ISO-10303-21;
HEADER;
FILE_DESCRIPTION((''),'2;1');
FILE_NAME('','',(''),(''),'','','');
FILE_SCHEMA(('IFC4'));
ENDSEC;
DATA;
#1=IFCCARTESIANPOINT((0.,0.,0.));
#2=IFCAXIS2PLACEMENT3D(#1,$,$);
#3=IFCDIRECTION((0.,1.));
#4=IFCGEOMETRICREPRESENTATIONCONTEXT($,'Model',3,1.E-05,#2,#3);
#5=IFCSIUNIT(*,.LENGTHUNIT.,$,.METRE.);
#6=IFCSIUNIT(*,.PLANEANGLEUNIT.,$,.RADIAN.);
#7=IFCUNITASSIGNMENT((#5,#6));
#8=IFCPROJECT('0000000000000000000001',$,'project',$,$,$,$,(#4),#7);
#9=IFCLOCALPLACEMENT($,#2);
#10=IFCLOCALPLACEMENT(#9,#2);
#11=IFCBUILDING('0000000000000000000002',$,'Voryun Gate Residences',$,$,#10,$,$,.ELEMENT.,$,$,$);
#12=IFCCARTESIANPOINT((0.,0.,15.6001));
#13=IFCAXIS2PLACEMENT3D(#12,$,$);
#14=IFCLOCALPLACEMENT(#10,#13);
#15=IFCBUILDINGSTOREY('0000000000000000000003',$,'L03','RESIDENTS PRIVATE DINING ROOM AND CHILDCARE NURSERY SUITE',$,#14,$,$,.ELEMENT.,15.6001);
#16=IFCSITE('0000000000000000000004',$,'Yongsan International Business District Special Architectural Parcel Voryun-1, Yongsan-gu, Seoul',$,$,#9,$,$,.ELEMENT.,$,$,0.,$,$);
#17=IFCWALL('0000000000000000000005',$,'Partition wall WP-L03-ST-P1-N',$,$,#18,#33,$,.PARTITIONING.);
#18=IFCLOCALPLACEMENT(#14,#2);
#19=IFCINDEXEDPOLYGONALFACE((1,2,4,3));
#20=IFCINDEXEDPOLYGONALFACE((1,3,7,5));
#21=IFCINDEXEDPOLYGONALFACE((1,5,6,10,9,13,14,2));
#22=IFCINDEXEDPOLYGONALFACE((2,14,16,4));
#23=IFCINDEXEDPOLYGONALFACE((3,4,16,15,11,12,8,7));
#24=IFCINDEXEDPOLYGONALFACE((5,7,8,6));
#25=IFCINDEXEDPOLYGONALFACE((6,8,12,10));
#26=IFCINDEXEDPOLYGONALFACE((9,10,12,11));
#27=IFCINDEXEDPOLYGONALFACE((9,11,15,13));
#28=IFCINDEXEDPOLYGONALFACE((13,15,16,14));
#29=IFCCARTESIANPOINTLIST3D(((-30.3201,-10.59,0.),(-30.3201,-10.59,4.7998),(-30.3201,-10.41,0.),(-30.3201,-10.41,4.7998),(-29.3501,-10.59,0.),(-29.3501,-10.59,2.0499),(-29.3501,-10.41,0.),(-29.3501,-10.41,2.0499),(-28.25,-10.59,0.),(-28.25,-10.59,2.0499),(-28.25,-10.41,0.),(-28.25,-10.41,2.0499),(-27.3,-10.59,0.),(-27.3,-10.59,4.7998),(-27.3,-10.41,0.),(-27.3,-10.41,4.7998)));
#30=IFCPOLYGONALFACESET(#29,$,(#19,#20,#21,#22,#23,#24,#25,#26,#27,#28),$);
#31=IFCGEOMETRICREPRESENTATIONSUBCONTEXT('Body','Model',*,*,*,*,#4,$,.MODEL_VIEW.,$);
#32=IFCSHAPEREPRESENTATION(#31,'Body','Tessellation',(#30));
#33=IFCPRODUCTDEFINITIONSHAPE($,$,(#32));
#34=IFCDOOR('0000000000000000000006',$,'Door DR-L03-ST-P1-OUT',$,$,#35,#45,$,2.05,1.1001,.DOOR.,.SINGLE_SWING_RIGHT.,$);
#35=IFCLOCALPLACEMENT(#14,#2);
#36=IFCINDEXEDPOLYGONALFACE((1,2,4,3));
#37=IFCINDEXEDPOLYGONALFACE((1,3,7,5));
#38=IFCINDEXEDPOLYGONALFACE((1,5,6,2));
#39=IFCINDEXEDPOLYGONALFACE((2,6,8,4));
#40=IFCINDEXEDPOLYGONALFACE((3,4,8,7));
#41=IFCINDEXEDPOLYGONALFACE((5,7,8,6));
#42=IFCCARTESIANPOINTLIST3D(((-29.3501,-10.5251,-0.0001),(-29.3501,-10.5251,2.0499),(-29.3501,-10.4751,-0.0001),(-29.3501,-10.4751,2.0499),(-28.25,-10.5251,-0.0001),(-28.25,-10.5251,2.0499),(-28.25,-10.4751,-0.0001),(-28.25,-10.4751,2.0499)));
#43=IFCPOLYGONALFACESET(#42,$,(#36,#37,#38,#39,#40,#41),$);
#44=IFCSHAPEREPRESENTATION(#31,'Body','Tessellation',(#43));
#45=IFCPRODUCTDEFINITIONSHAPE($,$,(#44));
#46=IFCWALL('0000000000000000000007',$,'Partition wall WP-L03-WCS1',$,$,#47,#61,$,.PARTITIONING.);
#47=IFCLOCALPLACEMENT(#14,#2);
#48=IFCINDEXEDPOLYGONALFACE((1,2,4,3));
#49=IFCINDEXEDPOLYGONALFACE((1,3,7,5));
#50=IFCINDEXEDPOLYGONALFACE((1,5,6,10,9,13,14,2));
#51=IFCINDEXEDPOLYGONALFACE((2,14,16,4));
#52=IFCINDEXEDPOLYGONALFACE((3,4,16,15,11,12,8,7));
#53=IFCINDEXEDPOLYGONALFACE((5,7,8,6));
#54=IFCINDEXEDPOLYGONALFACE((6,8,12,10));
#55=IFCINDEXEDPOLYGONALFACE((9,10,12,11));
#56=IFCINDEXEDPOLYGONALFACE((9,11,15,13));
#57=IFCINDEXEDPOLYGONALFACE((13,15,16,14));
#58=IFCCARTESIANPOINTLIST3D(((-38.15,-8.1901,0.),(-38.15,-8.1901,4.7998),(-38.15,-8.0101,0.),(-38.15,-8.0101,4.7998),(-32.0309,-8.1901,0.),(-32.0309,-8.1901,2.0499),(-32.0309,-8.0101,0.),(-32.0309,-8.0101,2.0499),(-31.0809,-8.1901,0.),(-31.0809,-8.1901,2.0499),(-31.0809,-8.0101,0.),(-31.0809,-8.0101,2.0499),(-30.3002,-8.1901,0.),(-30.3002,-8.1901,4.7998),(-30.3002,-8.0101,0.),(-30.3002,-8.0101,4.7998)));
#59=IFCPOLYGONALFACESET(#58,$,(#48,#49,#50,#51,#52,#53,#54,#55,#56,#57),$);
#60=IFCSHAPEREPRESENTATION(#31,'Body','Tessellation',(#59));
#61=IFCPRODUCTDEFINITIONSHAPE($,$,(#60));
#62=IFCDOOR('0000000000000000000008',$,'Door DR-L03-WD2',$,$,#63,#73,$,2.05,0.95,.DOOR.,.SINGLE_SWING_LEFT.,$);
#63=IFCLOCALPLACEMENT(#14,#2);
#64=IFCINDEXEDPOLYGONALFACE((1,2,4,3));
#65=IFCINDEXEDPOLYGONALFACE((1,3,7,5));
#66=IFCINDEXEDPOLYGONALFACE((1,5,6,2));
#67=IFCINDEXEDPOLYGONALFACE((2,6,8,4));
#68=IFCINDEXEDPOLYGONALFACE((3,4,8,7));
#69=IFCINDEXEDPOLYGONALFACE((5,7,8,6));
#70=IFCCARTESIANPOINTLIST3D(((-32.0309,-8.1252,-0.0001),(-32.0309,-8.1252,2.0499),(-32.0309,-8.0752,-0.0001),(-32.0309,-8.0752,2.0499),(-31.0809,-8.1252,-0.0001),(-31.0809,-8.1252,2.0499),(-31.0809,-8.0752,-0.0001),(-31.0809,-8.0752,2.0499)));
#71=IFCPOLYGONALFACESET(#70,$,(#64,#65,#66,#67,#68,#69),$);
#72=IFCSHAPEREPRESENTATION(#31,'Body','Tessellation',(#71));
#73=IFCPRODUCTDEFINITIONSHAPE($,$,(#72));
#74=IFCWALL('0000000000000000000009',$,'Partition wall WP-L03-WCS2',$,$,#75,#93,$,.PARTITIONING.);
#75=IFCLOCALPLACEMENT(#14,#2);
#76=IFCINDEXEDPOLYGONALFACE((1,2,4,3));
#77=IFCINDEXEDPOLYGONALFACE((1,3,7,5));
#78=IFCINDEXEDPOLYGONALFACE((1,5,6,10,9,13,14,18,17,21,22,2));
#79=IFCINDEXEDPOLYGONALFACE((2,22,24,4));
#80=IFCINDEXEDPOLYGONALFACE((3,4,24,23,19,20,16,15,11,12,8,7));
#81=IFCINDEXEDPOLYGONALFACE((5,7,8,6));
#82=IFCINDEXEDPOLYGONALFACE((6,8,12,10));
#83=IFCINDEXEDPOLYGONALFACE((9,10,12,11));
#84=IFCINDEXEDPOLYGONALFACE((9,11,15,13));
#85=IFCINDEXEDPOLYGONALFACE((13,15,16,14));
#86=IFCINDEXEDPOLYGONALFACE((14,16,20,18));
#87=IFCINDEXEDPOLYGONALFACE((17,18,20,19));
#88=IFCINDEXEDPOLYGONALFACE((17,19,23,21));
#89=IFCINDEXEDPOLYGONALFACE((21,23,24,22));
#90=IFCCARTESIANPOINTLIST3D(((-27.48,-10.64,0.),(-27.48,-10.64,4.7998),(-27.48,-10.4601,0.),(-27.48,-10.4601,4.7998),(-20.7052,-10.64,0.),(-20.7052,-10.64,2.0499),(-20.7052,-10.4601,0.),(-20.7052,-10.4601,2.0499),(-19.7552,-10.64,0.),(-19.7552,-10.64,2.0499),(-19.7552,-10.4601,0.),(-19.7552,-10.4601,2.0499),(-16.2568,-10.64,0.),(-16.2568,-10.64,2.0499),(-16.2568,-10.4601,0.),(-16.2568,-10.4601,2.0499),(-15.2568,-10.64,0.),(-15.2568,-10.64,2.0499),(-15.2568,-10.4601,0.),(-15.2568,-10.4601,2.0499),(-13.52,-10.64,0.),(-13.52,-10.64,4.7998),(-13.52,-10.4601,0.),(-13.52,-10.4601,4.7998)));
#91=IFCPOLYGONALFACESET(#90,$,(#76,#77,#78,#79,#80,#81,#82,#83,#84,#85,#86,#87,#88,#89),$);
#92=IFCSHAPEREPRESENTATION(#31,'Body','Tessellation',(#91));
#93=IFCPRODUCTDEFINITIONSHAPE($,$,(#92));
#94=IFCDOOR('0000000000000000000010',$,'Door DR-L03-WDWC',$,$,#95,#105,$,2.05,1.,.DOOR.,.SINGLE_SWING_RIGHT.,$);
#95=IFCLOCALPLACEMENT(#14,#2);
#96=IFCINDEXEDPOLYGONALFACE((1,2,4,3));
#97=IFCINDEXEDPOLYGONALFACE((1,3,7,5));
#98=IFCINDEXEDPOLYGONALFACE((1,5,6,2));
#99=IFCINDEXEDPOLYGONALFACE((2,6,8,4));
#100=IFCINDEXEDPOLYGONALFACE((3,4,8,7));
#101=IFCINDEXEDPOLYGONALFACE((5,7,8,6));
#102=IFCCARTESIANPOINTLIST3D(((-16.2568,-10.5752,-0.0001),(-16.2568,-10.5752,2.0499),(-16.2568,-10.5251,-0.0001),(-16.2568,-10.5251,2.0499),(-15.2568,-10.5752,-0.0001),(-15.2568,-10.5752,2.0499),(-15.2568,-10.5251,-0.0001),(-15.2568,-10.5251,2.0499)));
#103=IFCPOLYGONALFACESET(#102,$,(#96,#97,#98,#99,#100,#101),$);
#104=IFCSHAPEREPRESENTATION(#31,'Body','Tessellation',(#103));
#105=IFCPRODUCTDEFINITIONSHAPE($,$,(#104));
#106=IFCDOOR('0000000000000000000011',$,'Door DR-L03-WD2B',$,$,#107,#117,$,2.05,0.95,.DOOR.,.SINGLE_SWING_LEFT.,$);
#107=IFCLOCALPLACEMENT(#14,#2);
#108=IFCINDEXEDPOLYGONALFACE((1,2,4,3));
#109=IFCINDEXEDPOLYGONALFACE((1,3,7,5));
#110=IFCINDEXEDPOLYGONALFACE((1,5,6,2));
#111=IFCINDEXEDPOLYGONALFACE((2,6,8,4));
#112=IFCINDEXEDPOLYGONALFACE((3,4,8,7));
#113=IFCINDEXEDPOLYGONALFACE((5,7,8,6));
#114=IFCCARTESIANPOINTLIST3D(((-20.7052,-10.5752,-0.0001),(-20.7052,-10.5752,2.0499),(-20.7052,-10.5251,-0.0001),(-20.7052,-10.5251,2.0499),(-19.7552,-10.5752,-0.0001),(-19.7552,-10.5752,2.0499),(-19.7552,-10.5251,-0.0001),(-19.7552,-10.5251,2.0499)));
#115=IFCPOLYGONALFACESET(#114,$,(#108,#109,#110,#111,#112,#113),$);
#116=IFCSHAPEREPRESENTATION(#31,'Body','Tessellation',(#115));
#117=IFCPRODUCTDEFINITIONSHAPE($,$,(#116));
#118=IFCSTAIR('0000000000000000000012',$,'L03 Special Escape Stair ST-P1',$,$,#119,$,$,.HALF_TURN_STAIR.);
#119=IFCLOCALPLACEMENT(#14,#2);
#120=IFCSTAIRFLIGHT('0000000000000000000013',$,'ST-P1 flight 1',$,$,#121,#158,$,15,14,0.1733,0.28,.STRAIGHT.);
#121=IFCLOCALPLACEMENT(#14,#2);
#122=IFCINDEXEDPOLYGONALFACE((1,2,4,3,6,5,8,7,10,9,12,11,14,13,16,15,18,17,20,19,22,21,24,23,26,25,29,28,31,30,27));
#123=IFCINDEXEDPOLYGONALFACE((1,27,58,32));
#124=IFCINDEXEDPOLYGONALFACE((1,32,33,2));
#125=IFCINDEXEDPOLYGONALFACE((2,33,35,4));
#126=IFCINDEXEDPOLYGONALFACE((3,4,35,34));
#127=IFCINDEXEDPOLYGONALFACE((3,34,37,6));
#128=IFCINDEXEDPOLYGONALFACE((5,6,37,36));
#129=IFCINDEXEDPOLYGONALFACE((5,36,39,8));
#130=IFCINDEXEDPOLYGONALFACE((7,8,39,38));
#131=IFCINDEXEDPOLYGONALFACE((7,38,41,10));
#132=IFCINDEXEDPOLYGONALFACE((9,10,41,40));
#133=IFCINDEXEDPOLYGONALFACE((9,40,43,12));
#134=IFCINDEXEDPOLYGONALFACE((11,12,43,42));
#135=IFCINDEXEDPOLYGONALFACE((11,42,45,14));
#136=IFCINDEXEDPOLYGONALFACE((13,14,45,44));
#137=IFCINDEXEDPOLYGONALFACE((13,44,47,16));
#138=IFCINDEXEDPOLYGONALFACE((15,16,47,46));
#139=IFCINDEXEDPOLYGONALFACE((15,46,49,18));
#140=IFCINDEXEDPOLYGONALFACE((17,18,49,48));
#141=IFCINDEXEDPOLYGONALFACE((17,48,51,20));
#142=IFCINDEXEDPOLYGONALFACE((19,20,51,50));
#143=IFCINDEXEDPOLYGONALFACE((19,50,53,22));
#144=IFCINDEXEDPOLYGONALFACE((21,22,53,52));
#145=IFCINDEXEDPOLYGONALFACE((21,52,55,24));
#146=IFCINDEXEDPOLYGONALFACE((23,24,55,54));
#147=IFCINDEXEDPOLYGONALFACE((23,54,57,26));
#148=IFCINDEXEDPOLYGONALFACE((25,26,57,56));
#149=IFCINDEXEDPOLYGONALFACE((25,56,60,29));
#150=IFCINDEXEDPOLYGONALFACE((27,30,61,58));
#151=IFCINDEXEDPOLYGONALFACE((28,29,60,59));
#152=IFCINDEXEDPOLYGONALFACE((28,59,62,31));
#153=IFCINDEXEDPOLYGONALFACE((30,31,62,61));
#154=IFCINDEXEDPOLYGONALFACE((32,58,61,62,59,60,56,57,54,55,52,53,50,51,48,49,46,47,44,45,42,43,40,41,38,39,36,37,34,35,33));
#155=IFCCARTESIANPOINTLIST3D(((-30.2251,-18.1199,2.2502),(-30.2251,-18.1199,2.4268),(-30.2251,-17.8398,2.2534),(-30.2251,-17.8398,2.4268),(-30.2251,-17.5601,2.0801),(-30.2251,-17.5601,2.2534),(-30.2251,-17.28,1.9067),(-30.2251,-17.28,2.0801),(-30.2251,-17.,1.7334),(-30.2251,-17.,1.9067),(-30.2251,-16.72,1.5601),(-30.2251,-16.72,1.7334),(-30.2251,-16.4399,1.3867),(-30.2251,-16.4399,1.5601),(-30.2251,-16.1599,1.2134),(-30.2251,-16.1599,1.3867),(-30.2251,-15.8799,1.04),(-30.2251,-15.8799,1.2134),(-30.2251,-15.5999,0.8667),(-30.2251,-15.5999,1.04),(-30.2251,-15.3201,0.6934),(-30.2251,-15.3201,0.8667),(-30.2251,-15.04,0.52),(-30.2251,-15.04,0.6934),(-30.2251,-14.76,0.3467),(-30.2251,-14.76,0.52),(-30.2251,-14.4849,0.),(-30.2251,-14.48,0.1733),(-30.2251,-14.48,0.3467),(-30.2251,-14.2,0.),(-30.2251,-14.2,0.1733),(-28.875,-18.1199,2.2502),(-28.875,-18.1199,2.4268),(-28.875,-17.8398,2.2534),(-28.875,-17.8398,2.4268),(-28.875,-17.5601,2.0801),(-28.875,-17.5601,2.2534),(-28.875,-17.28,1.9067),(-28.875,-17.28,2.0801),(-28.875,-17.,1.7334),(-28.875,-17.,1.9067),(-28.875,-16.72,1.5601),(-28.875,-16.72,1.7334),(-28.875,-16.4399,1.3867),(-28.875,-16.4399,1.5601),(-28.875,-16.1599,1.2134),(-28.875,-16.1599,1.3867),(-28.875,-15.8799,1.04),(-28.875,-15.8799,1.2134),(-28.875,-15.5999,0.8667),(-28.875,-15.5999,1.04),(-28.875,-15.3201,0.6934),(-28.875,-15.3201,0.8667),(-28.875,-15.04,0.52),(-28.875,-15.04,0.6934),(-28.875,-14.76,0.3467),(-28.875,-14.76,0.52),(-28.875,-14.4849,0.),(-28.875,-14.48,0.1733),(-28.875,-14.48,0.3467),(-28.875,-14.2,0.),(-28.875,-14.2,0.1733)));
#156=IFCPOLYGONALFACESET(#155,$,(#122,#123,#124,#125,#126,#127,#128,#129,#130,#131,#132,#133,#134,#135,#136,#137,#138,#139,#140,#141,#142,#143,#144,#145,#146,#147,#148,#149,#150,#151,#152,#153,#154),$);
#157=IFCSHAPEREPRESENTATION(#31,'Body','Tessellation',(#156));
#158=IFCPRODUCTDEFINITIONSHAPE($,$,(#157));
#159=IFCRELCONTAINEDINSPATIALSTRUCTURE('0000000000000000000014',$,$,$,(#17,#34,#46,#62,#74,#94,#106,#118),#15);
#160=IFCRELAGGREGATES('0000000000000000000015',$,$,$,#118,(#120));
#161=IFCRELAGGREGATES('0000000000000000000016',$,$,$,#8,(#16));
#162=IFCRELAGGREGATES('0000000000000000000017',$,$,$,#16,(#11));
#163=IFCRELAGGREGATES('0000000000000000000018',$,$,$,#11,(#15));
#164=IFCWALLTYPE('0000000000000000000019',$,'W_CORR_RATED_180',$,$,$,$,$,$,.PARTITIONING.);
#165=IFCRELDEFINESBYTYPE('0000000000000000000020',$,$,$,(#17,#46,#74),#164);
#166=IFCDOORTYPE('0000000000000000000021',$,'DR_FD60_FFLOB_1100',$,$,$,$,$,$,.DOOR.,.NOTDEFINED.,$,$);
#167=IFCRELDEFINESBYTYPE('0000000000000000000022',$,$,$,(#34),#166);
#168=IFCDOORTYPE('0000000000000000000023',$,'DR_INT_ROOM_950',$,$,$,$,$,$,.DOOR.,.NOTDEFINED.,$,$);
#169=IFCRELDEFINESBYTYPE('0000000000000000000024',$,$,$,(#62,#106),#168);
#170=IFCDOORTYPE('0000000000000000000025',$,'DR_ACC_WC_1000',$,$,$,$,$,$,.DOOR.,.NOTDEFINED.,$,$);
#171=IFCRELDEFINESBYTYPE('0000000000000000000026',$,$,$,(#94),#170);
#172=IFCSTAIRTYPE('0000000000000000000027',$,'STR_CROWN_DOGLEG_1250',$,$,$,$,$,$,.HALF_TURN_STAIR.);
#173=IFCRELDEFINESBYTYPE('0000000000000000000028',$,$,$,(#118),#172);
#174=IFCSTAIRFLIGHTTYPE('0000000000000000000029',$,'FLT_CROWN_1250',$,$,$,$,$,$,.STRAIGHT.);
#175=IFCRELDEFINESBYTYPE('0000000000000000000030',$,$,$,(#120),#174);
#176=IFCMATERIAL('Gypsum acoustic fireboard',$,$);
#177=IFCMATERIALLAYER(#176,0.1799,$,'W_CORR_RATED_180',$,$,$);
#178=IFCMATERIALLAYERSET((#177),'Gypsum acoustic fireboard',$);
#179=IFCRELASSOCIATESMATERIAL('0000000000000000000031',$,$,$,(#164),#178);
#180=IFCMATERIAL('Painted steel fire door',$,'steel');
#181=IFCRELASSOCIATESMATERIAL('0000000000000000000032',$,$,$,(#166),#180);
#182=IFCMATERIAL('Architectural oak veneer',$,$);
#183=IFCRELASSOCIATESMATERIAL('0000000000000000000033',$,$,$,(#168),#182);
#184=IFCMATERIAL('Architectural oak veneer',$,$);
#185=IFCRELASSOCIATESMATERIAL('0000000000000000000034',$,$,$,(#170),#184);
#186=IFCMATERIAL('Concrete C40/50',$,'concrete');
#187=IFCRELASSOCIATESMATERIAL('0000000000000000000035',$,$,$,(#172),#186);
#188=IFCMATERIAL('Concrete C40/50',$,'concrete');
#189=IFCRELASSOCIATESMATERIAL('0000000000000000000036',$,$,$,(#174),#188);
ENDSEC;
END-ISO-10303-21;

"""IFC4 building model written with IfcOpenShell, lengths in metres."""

from ifc_helpers import new_model, si_unit, direction, frame, frame_2d, origin, place, context, subcontext, project, spatial, polyline, rectangle, outline, extrude, material, layer, layer_set, type_object, element, fill, aggregate, save


model = new_model("IFC4")

# Units and contexts
model_context = context("Model", 3, precision=1e-05, world=origin(), true_north=direction((0.0, 1.0)))
body_context = subcontext(model_context, "Body", "Model", "MODEL_VIEW")
ifc_project = project(units=[si_unit("LENGTHUNIT", "METRE"), si_unit("PLANEANGLEUNIT", "RADIAN")], contexts=[model_context])

# Site, building, storey
site_placement = place(None, origin())
site = spatial("IfcSite", under=ifc_project, at=site_placement, Name="Yongsan International Business District Special Architectural Parcel Voryun-1, Yongsan-gu, Seoul", CompositionType="ELEMENT", RefElevation=0.0)
building_placement = place(site_placement, origin())
building = spatial("IfcBuilding", under=site, at=building_placement, Name="Voryun Gate Residences", CompositionType="ELEMENT")
storey_placement = place(building_placement, frame((0.0, 0.0, 15.6001)))
storey = spatial("IfcBuildingStorey", under=building, at=storey_placement, Name="L03", Description="RESIDENTS PRIVATE DINING ROOM AND CHILDCARE NURSERY SUITE", CompositionType="ELEMENT", Elevation=15.6001)

# Shared definitions
ifc_material_1 = material(Name="Gypsum acoustic fireboard")
ifc_layer = layer(ifc_material_1, 0.1799, Name="W_CORR_RATED_180")
ifc_layer_set = layer_set([ifc_layer], Name="Gypsum acoustic fireboard")
wall_type = type_object("IfcWallType", Name="W_CORR_RATED_180", PredefinedType="PARTITIONING", material=ifc_layer_set)

# Walls, openings, doors
wall_1_placement = place(storey_placement, frame((-30.3201, -10.5, 0.0), z_axis=(0.0, 0.0, 1.0), x_axis=(1.0, 0.0, 0.0)))
wall_1 = element("IfcWall", 1, at=wall_1_placement, inside=storey, type_object=wall_type, Name="Partition wall WP-L03-ST-P1-N", PredefinedType="PARTITIONING", context=body_context, shape_type="SweptSolid", body=[
    extrude(rectangle(XDim=3.02, YDim=0.1799, at=frame_2d((1.51, 0.0))), origin(), (0.0, 0.0, 1.0), 4.7998),
])
opening_1_placement = place(wall_1_placement, frame((0.97, 0.0, 0.0)))
opening_1 = element("IfcOpeningElement", 2, at=opening_1_placement, cuts=wall_1, PredefinedType="OPENING", context=body_context, shape_type="SweptSolid", body=[
    extrude(rectangle(XDim=1.1001, YDim=2.05, at=frame_2d((0.55, 1.0249))), frame((0.0, 0.0999, 0.0), z_axis=(0.0, -1.0, 0.0), x_axis=(1.0, 0.0, 0.0)), (0.0, 0.0, 1.0), 0.2),
])
ifc_material_2 = material(Name="Painted steel fire door", Category="steel")
door_type_1 = type_object("IfcDoorType", Name="DR_FD60_FFLOB_1100", OperationType="NOTDEFINED", PredefinedType="DOOR", material=ifc_material_2)
door_1_placement = place(opening_1_placement, origin())
door_1 = element("IfcDoor", 3, at=door_1_placement, inside=storey, type_object=door_type_1, Name="Door DR-L03-ST-P1-OUT", OperationType="SINGLE_SWING_RIGHT", OverallHeight=2.05, OverallWidth=1.1001, PredefinedType="DOOR", context=body_context, shape_type="SweptSolid", body=[
    extrude(rectangle(XDim=1.1001, YDim=2.05, at=frame_2d((0.55, 1.0249))), frame((0.0, 0.0249, 0.0), z_axis=(0.0, -1.0, 0.0), x_axis=(1.0, 0.0, 0.0)), (0.0, 0.0, 1.0), 0.05),
])
fill(opening_1, door_1)
wall_2_placement = place(storey_placement, frame((-38.1499, -8.1001, 0.0), z_axis=(0.0, 0.0, 1.0), x_axis=(1.0, 0.0, 0.0)))
wall_2 = element("IfcWall", 4, at=wall_2_placement, inside=storey, type_object=wall_type, Name="Partition wall WP-L03-WCS1", PredefinedType="PARTITIONING", context=body_context, shape_type="SweptSolid", body=[
    extrude(rectangle(XDim=7.8499, YDim=0.1799, at=frame_2d((3.9248, 0.0))), origin(), (0.0, 0.0, 1.0), 4.7998),
])
opening_2_placement = place(wall_2_placement, frame((6.1189, 0.0, 0.0)))
opening_2 = element("IfcOpeningElement", 5, at=opening_2_placement, cuts=wall_2, PredefinedType="OPENING", context=body_context, shape_type="SweptSolid", body=[
    extrude(rectangle(XDim=0.95, YDim=2.05, at=frame_2d((0.4751, 1.0249))), frame((0.0, 0.0999, 0.0), z_axis=(0.0, -1.0, 0.0), x_axis=(1.0, 0.0, 0.0)), (0.0, 0.0, 1.0), 0.2),
])
ifc_material_3 = material(Name="Architectural oak veneer")
door_type_2 = type_object("IfcDoorType", Name="DR_INT_ROOM_950", OperationType="NOTDEFINED", PredefinedType="DOOR", material=ifc_material_3)
door_2_placement = place(opening_2_placement, origin())
door_2 = element("IfcDoor", 6, at=door_2_placement, inside=storey, type_object=door_type_2, Name="Door DR-L03-WD2", OperationType="SINGLE_SWING_LEFT", OverallHeight=2.05, OverallWidth=0.95, PredefinedType="DOOR", context=body_context, shape_type="SweptSolid", body=[
    extrude(rectangle(XDim=0.95, YDim=2.05, at=frame_2d((0.4751, 1.0249))), frame((0.0, 0.0249, 0.0), z_axis=(0.0, -1.0, 0.0), x_axis=(1.0, 0.0, 0.0)), (0.0, 0.0, 1.0), 0.05),
])
fill(opening_2, door_2)

# Wall, openings, doors
wall_3_placement = place(storey_placement, frame((-27.48, -10.55, 0.0), z_axis=(0.0, 0.0, 1.0), x_axis=(1.0, 0.0, 0.0)))
wall_3 = element("IfcWall", 7, at=wall_3_placement, inside=storey, type_object=wall_type, Name="Partition wall WP-L03-WCS2", PredefinedType="PARTITIONING", context=body_context, shape_type="SweptSolid", body=[
    extrude(rectangle(XDim=13.96, YDim=0.1799, at=frame_2d((6.98, 0.0))), origin(), (0.0, 0.0, 1.0), 4.7998),
])
opening_3_placement = place(wall_3_placement, frame((6.7747, 0.0, 0.0)))
opening_3 = element("IfcOpeningElement", 8, at=opening_3_placement, cuts=wall_3, PredefinedType="OPENING", context=body_context, shape_type="SweptSolid", body=[
    extrude(rectangle(XDim=0.95, YDim=2.05, at=frame_2d((0.4751, 1.0249))), frame((0.0, 0.0999, 0.0), z_axis=(0.0, -1.0, 0.0), x_axis=(1.0, 0.0, 0.0)), (0.0, 0.0, 1.0), 0.2),
])
opening_4_placement = place(wall_3_placement, frame((11.2231, 0.0, 0.0)))
opening_4 = element("IfcOpeningElement", 9, at=opening_4_placement, cuts=wall_3, PredefinedType="OPENING", context=body_context, shape_type="SweptSolid", body=[
    extrude(rectangle(XDim=1.0, YDim=2.05, at=frame_2d((0.5, 1.0249))), frame((0.0, 0.0999, 0.0), z_axis=(0.0, -1.0, 0.0), x_axis=(1.0, 0.0, 0.0)), (0.0, 0.0, 1.0), 0.2),
])
ifc_material_4 = material(Name="Architectural oak veneer")
door_type_3 = type_object("IfcDoorType", Name="DR_ACC_WC_1000", OperationType="NOTDEFINED", PredefinedType="DOOR", material=ifc_material_4)
door_3_placement = place(opening_4_placement, origin())
door_3 = element("IfcDoor", 10, at=door_3_placement, inside=storey, type_object=door_type_3, Name="Door DR-L03-WDWC", OperationType="SINGLE_SWING_RIGHT", OverallHeight=2.05, OverallWidth=1.0, PredefinedType="DOOR", context=body_context, shape_type="SweptSolid", body=[
    extrude(rectangle(XDim=1.0, YDim=2.05, at=frame_2d((0.5, 1.0249))), frame((0.0, 0.0249, 0.0), z_axis=(0.0, -1.0, 0.0), x_axis=(1.0, 0.0, 0.0)), (0.0, 0.0, 1.0), 0.05),
])
fill(opening_4, door_3)
door_4_placement = place(opening_3_placement, origin())
door_4 = element("IfcDoor", 11, at=door_4_placement, inside=storey, type_object=door_type_2, Name="Door DR-L03-WD2B", OperationType="SINGLE_SWING_LEFT", OverallHeight=2.05, OverallWidth=0.95, PredefinedType="DOOR", context=body_context, shape_type="SweptSolid", body=[
    extrude(rectangle(XDim=0.95, YDim=2.05, at=frame_2d((0.4751, 1.0249))), frame((0.0, 0.0249, 0.0), z_axis=(0.0, -1.0, 0.0), x_axis=(1.0, 0.0, 0.0)), (0.0, 0.0, 1.0), 0.05),
])
fill(opening_3, door_4)

# Stair, stair flight
ifc_material_5 = material(Name="Concrete C40/50", Category="concrete")
stair_type = type_object("IfcStairType", Name="STR_CROWN_DOGLEG_1250", PredefinedType="HALF_TURN_STAIR", material=ifc_material_5)
stair_placement = place(storey_placement, origin())
stair = element("IfcStair", 12, at=stair_placement, inside=storey, type_object=stair_type, Name="L03 Special Escape Stair ST-P1", PredefinedType="HALF_TURN_STAIR")
ifc_material_6 = material(Name="Concrete C40/50", Category="concrete")
stair_flight_type = type_object("IfcStairFlightType", Name="FLT_CROWN_1250", PredefinedType="STRAIGHT", material=ifc_material_6)
stair_flight_placement = place(storey_placement, frame((-29.55, -14.2, 0.0), z_axis=(0.0, 0.0, 1.0), x_axis=(0.0, -1.0, 0.0)))
stair_flight = element("IfcStairFlight", 13, at=stair_flight_placement, type_object=stair_flight_type, Name="ST-P1 flight 1", NumberOfRisers=15, NumberOfTreads=14, PredefinedType="STRAIGHT", RiserHeight=0.1733, TreadLength=0.28, context=body_context, shape_type="SweptSolid", body=[
    extrude(outline(polyline([(0.0, 0.0), (0.0, 0.1733), (0.28, 0.1733), (0.28, 0.3467), (0.5601, 0.3467), (0.5601, 0.52), (0.8401, 0.52), (0.8401, 0.6934), (1.1201, 0.6934), (1.1201, 0.8667), (1.3999, 0.8667), (1.3999, 1.04), (1.6799, 1.04), (1.6799, 1.2134), (1.96, 1.2134), (1.96, 1.3867), (2.24, 1.3867), (2.24, 1.5601), (2.52, 1.5601), (2.52, 1.7334), (2.8, 1.7334), (2.8, 1.9067), (3.0801, 1.9067), (3.0801, 2.0801), (3.3601, 2.0801), (3.3601, 2.2534), (3.6399, 2.2534), (3.6399, 2.4268), (3.9199, 2.4268), (3.9199, 2.6001), (3.9199, 2.2502), (0.2849, 0.0), (0.0, 0.0)])), frame((0.0, 0.675, 0.0), z_axis=(0.0, -1.0, 0.0), x_axis=(1.0, 0.0, 0.0)), (0.0, 0.0, 1.0), 1.3501),
])
aggregate(stair, [stair_flight])

save(model, "model.ifc")
